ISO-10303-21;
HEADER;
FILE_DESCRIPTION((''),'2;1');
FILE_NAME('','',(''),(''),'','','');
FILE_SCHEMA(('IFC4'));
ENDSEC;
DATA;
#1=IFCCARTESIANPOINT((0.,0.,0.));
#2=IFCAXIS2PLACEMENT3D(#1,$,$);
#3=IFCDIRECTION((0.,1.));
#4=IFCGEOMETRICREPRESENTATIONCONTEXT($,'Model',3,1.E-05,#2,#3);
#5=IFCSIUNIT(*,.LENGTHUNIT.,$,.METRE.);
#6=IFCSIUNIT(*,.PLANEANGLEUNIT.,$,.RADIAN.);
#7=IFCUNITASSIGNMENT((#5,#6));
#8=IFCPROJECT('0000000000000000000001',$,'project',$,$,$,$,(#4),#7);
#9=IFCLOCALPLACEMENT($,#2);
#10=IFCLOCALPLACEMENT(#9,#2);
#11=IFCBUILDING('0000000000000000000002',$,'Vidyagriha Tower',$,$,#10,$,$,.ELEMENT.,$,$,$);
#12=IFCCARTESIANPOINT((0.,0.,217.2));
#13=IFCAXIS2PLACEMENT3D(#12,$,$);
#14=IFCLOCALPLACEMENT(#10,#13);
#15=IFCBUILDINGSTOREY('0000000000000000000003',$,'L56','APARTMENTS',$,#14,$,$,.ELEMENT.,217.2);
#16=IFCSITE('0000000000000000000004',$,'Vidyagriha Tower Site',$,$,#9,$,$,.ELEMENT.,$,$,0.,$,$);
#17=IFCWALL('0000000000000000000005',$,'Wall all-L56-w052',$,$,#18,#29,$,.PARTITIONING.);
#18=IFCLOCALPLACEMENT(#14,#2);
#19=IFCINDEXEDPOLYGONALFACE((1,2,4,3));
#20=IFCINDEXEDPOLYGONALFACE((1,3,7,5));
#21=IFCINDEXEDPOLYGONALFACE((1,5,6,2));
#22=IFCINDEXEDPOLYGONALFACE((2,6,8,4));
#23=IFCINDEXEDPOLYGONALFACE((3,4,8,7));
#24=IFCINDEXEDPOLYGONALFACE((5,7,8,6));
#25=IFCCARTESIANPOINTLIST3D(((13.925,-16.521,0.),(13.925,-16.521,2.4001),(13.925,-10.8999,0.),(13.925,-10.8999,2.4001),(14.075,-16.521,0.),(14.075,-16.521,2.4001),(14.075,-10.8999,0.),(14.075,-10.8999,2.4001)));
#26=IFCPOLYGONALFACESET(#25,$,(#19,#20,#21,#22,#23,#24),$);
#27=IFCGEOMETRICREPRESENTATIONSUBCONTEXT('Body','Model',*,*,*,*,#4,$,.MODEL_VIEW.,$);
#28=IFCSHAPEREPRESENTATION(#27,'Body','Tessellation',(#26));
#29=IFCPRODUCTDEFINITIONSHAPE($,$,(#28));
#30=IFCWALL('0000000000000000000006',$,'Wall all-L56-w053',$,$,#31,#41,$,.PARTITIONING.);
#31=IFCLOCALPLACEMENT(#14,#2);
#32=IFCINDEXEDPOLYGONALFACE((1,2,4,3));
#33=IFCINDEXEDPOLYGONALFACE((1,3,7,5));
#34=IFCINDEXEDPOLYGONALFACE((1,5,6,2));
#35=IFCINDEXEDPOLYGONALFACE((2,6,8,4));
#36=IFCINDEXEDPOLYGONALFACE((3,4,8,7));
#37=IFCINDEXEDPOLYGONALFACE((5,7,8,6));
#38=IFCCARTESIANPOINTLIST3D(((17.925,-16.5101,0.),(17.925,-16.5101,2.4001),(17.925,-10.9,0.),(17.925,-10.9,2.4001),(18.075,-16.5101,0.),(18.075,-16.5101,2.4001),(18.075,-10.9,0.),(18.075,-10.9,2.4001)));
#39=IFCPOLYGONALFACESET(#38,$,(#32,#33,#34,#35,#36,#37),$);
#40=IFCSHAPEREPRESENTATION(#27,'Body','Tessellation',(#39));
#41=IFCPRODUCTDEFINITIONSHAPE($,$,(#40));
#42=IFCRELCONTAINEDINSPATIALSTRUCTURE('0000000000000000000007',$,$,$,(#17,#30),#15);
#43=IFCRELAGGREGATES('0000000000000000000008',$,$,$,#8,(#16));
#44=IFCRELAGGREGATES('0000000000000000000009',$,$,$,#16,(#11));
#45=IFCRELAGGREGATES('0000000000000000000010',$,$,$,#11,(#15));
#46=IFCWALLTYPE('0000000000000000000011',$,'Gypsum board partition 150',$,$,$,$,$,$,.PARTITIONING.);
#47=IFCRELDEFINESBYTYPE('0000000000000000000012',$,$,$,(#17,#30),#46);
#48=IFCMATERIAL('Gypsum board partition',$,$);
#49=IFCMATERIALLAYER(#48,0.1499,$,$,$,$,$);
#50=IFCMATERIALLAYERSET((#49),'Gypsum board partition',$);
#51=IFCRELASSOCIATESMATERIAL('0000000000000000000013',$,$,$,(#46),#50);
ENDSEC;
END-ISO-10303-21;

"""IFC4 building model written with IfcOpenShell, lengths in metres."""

from ifc_helpers import new_model, si_unit, direction, frame, frame_2d, origin, place, context, subcontext, project, spatial, rectangle, extrude, material, layer, layer_set, type_object, element, save


model = new_model("IFC4")

# Units and contexts
model_context = context("Model", 3, precision=1e-05, world=origin(), true_north=direction((0.0, 1.0)))
body_context = subcontext(model_context, "Body", "Model", "MODEL_VIEW")
ifc_project = project(units=[si_unit("LENGTHUNIT", "METRE"), si_unit("PLANEANGLEUNIT", "RADIAN")], contexts=[model_context])

# Site, building, storey
site_placement = place(None, origin())
site = spatial("IfcSite", under=ifc_project, at=site_placement, Name="Vidyagriha Tower Site", CompositionType="ELEMENT", RefElevation=0.0)
building_placement = place(site_placement, origin())
building = spatial("IfcBuilding", under=site, at=building_placement, Name="Vidyagriha Tower", CompositionType="ELEMENT")
storey_placement = place(building_placement, frame((0.0, 0.0, 217.2)))
storey = spatial("IfcBuildingStorey", under=building, at=storey_placement, Name="L56", Description="APARTMENTS", CompositionType="ELEMENT", Elevation=217.2)

# Walls
ifc_material_1 = material(Name="Gypsum board partition")
ifc_layer_1 = layer(ifc_material_1, 0.1499)
ifc_layer_set_1 = layer_set([ifc_layer_1], Name="Gypsum board partition")
wall_type_1 = type_object("IfcWallType", Name="Gypsum board partition 150", PredefinedType="PARTITIONING", material=ifc_layer_set_1)
wall_1_placement = place(storey_placement, frame((14.0, -10.8999, 0.0), z_axis=(0.0, 0.0, 1.0), x_axis=(0.0, -1.0, 0.0)))
element("IfcWall", 1, at=wall_1_placement, inside=storey, type_object=wall_type_1, Name="Wall all-L56-w052", PredefinedType="PARTITIONING", context=body_context, shape_type="SweptSolid", body=[
    extrude(rectangle(XDim=5.6211, YDim=0.1499, at=frame_2d((2.8105, 0.0))), origin(), (0.0, 0.0, 1.0), 2.4001),
])
wall_2_placement = place(storey_placement, frame((18.0, -10.8999, 0.0), z_axis=(0.0, 0.0, 1.0), x_axis=(0.0, -1.0, 0.0)))
element("IfcWall", 2, at=wall_2_placement, inside=storey, type_object=wall_type_1, Name="Wall all-L56-w053", PredefinedType="PARTITIONING", context=body_context, shape_type="SweptSolid", body=[
    extrude(rectangle(XDim=5.6101, YDim=0.1499, at=frame_2d((2.8052, 0.0))), origin(), (0.0, 0.0, 1.0), 2.4001),
])

save(model, "model.ifc")
